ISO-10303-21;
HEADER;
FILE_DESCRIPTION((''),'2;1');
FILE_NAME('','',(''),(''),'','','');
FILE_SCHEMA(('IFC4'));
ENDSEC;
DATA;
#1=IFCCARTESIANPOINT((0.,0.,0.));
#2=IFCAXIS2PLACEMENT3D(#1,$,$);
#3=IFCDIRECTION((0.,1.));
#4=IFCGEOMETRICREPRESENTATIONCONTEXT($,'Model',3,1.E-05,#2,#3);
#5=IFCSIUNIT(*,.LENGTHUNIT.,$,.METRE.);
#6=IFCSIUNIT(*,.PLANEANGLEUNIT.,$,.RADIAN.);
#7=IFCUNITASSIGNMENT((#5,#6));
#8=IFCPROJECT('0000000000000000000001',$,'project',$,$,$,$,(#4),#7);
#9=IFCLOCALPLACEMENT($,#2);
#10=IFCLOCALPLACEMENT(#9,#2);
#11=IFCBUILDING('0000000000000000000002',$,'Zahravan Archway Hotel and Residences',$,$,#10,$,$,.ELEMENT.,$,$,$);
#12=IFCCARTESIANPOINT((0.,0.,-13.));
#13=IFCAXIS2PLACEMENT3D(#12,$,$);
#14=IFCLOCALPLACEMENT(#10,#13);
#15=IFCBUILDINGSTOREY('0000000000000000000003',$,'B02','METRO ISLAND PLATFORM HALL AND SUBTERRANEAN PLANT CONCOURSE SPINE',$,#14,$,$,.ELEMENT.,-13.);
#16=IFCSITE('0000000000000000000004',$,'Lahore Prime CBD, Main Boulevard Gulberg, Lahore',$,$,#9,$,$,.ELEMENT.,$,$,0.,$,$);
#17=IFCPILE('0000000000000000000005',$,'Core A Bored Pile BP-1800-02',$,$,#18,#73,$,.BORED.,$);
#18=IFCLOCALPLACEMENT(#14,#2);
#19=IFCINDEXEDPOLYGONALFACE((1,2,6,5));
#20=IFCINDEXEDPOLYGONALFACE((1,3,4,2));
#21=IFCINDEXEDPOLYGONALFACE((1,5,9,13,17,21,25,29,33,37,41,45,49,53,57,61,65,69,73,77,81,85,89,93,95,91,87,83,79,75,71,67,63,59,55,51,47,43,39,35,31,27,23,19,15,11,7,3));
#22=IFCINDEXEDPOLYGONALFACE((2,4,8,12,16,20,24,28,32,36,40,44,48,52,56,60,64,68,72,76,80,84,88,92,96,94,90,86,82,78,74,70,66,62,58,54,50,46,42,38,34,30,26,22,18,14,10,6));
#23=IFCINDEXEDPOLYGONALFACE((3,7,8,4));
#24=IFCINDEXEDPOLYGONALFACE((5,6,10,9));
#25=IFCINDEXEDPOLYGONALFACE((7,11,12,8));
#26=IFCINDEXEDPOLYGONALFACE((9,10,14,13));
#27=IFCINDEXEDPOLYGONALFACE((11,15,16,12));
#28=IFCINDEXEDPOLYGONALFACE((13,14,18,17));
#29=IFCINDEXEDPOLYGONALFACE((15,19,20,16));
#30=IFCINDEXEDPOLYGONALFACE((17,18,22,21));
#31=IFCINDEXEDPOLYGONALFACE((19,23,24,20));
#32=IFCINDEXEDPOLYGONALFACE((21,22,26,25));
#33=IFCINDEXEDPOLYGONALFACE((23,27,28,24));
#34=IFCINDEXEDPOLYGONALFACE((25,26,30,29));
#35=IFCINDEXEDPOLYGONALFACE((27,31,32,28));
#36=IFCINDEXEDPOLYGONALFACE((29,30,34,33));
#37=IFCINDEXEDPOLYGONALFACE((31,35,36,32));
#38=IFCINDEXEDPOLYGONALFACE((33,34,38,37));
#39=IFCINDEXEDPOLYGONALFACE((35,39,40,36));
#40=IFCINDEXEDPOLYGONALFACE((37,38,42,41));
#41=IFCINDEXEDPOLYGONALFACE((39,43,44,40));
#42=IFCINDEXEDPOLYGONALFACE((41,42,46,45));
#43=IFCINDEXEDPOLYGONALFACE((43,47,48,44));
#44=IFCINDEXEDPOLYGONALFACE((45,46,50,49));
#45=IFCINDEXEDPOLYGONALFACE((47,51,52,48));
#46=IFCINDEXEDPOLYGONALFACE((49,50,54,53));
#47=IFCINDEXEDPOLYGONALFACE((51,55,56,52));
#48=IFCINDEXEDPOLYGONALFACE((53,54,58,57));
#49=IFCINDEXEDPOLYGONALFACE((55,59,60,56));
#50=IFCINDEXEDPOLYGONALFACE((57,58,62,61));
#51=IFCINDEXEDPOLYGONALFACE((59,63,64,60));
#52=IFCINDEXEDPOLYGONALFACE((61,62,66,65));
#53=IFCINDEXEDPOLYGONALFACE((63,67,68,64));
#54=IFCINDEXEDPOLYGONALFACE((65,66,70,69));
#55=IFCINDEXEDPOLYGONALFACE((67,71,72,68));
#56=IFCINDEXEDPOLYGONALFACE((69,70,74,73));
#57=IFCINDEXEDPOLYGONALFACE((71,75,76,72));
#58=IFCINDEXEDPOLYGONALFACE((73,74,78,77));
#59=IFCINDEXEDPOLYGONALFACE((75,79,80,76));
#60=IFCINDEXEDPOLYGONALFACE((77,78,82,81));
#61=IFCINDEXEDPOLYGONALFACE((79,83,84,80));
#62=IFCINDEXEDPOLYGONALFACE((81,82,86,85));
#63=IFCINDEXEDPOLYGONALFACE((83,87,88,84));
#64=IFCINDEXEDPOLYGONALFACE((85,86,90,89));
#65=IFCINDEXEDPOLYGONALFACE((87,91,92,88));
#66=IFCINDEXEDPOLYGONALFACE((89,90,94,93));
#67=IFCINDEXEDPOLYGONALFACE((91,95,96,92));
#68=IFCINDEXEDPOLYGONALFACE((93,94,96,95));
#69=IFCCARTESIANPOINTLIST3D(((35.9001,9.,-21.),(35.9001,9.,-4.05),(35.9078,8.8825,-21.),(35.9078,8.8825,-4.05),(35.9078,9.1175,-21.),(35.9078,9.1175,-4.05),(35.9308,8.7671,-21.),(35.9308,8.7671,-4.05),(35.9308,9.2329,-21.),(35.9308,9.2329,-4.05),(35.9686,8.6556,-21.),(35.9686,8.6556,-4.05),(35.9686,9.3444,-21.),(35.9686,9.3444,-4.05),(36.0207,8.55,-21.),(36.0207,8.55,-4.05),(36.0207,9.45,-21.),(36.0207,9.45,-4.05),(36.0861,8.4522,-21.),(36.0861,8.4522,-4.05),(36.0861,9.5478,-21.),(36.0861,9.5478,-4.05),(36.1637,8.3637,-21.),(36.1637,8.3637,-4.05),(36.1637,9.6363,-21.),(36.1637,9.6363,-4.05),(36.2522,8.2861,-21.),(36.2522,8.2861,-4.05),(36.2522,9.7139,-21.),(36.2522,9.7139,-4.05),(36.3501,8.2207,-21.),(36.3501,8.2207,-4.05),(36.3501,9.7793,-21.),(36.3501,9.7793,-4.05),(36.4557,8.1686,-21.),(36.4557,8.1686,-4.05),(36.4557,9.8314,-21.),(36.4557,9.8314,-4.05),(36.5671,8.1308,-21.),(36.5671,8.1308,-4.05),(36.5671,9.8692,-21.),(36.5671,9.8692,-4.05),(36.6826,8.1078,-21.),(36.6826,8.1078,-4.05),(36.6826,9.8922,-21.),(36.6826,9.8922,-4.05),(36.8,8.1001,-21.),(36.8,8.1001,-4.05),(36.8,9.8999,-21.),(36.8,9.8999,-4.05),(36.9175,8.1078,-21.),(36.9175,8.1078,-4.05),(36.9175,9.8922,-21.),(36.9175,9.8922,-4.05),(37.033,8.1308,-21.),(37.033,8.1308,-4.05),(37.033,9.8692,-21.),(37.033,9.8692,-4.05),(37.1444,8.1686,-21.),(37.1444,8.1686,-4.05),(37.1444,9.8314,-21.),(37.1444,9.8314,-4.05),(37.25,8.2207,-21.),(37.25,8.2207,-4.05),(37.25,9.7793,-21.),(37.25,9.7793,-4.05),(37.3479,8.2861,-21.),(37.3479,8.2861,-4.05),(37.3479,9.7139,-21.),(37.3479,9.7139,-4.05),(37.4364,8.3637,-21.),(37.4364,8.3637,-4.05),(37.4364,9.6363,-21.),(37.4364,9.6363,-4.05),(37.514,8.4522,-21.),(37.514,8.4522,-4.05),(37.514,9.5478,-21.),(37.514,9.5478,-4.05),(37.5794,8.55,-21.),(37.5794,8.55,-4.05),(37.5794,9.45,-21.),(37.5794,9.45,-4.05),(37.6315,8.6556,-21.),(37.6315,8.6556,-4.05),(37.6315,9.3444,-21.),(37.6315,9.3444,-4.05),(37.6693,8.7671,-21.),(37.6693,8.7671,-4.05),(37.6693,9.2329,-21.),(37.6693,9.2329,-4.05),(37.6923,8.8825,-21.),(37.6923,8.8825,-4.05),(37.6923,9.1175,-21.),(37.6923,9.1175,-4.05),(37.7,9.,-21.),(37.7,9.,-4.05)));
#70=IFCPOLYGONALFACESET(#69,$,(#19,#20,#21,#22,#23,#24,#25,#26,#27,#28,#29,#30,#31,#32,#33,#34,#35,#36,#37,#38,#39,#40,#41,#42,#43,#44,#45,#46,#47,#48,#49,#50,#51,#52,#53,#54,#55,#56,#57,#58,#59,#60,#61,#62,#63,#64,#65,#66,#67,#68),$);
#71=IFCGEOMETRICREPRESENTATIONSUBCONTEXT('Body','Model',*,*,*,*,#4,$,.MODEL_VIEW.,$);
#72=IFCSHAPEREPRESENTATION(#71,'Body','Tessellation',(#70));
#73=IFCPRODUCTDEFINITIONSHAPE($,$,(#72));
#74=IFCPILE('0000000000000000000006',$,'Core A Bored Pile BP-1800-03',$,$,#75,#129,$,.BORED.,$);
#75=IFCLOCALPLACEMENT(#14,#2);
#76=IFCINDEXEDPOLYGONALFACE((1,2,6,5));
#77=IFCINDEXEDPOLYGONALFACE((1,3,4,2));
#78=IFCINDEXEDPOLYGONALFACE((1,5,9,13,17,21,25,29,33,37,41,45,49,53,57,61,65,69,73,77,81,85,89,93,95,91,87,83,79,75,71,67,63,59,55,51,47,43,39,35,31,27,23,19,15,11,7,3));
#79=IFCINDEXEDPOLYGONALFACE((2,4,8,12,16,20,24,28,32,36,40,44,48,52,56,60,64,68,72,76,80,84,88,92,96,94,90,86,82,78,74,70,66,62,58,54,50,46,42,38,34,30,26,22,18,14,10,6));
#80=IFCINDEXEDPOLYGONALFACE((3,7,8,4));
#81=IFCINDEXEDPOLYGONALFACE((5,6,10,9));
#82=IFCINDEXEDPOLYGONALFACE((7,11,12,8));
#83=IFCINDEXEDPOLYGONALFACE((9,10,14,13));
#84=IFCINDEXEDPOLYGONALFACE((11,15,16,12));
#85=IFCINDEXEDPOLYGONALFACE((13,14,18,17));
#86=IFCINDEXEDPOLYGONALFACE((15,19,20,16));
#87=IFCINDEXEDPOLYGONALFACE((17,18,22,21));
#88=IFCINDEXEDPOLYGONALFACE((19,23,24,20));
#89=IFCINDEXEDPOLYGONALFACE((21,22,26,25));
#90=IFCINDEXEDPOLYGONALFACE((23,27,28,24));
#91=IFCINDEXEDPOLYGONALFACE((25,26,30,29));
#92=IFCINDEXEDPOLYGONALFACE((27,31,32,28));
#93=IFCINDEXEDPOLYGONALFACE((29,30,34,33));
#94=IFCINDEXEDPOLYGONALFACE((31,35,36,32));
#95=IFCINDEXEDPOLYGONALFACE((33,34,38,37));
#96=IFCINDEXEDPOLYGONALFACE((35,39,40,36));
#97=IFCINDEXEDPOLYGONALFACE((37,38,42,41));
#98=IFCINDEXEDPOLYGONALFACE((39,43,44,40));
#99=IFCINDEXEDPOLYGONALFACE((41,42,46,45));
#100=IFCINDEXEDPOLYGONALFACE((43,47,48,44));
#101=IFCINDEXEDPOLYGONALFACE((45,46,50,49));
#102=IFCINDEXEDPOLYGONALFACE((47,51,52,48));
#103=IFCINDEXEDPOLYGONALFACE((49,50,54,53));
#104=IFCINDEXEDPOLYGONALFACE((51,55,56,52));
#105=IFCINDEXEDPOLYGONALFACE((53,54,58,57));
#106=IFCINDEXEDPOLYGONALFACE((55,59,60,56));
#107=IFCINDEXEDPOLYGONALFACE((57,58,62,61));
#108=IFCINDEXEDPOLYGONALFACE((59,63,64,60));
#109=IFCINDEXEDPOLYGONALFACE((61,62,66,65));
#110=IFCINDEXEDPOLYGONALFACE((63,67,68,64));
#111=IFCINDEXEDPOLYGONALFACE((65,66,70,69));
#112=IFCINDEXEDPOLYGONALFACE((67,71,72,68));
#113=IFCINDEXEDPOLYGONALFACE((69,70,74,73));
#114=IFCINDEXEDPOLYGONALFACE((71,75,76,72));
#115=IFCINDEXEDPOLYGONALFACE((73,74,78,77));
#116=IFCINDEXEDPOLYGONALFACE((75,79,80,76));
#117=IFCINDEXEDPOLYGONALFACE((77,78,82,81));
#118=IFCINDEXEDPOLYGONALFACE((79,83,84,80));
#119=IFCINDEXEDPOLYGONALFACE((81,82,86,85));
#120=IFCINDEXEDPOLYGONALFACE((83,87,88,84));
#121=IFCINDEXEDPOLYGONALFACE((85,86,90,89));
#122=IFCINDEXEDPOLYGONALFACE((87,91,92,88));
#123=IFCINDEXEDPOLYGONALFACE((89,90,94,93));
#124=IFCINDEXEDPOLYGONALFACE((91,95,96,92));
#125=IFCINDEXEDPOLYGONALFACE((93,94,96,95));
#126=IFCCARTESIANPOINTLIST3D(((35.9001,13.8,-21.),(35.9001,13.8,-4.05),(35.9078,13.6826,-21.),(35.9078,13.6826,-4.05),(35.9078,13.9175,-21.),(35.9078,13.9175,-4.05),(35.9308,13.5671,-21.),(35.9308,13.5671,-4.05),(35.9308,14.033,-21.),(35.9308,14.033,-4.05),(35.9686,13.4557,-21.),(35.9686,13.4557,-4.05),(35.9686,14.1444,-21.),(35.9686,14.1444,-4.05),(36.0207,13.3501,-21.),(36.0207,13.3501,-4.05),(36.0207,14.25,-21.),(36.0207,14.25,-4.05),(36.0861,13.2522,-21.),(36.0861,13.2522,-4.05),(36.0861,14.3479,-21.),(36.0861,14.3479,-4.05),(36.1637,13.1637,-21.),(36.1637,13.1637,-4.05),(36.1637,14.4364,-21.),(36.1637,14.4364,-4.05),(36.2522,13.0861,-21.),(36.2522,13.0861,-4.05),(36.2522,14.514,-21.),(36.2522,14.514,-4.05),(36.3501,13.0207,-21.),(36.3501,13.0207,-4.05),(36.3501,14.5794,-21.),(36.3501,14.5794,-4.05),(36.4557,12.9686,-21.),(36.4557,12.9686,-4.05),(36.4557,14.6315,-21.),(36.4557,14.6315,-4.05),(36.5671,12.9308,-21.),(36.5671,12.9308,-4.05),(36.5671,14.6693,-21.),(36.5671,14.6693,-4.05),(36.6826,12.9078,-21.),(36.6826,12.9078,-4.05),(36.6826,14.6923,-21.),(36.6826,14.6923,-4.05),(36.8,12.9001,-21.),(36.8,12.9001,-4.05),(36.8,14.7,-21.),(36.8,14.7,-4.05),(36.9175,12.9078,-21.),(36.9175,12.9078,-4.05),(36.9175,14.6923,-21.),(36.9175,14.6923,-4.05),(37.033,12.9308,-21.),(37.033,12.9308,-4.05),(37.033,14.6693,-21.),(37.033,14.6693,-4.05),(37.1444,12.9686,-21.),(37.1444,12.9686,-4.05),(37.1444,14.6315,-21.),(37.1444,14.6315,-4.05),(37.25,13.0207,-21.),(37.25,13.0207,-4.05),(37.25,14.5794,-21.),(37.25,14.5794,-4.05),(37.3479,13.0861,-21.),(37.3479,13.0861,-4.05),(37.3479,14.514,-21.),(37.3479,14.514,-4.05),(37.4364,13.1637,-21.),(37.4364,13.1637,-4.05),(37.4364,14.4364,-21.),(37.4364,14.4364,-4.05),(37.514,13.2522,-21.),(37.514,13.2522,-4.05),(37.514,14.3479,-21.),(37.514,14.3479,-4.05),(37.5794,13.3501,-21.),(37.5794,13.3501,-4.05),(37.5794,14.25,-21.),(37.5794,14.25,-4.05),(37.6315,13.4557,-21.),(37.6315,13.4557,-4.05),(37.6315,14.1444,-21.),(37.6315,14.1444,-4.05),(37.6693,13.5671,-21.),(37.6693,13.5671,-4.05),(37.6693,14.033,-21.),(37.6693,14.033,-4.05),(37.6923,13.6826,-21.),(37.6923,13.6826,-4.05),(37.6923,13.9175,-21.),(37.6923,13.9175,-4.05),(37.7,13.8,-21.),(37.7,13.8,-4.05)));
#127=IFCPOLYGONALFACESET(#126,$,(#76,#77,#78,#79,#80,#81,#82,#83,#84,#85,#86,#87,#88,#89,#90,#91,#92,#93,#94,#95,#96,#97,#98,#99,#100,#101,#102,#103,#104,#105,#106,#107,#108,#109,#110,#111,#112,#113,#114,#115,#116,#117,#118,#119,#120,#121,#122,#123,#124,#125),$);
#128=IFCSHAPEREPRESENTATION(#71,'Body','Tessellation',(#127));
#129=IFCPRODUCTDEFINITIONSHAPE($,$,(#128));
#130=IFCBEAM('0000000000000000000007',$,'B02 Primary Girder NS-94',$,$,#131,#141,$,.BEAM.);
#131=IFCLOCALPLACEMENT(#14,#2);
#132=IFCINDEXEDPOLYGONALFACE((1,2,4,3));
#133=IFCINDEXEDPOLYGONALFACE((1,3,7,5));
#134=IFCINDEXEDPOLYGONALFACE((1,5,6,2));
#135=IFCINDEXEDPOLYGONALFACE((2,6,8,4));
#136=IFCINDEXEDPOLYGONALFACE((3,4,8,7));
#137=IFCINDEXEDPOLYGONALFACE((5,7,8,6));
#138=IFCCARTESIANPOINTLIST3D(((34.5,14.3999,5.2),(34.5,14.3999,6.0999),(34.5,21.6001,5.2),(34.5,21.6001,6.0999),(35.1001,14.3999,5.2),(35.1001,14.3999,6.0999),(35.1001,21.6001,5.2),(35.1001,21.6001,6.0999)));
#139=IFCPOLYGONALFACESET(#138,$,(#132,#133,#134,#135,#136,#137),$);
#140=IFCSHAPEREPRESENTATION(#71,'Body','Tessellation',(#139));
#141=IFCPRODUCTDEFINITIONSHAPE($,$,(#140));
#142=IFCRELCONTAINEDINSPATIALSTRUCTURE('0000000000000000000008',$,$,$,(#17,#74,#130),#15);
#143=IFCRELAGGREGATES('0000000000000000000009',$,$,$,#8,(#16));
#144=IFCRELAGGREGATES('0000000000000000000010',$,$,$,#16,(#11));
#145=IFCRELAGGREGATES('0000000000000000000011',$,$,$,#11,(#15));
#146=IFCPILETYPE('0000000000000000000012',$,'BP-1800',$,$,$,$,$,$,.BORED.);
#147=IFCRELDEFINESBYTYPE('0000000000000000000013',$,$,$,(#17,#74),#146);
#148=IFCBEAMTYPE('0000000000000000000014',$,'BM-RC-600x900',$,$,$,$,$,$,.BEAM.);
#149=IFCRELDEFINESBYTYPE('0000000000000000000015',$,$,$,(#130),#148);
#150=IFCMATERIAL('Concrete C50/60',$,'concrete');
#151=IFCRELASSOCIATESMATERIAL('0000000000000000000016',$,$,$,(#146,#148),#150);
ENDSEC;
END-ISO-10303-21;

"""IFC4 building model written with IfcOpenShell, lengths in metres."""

from ifc_helpers import new_model, si_unit, direction, frame, origin, origin_2d, place, context, subcontext, project, spatial, rectangle, circle, extrude, source, transform, mapped, material, material_profile, profile_set, type_object, type_shapes, element, save


model = new_model("IFC4")

# Units and contexts
model_context = context("Model", 3, precision=1e-05, world=origin(), true_north=direction((0.0, 1.0)))
body_context = subcontext(model_context, "Body", "Model", "MODEL_VIEW")
ifc_project = project(units=[si_unit("LENGTHUNIT", "METRE"), si_unit("PLANEANGLEUNIT", "RADIAN")], contexts=[model_context])

# Site, building, storey
site_placement = place(None, origin())
site = spatial("IfcSite", under=ifc_project, at=site_placement, Name="Lahore Prime CBD, Main Boulevard Gulberg, Lahore", CompositionType="ELEMENT", RefElevation=0.0)
building_placement = place(site_placement, origin())
building = spatial("IfcBuilding", under=site, at=building_placement, Name="Zahravan Archway Hotel and Residences", CompositionType="ELEMENT")
storey_placement = place(building_placement, frame((0.0, 0.0, -13.0)))
storey = spatial("IfcBuildingStorey", under=building, at=storey_placement, Name="B02", Description="METRO ISLAND PLATFORM HALL AND SUBTERRANEAN PLANT CONCOURSE SPINE", CompositionType="ELEMENT", Elevation=-13.0)

# Piles
ifc_material_1 = material(Name="Concrete C50/60", Category="concrete")
ifc_material_profile_1 = material_profile(ifc_material_1, circle(Radius=0.8999, at=origin_2d()), Name="PILE D1800", Category="concrete")
ifc_profile_set_1 = profile_set([ifc_material_profile_1], Name="Concrete C50/60")
pile_type = type_object("IfcPileType", Name="BP-1800", PredefinedType="BORED", material=ifc_profile_set_1)
shared_shape_1 = source(origin(), body_context, "Body", "SweptSolid", [
    extrude(circle(Radius=0.8999, at=origin_2d()), origin(), (0.0, 0.0, 1.0), 16.95),
])
type_shapes(pile_type, [shared_shape_1])
for number, where, z_axis, x_axis, name in (
    (1, (36.8, 9.0, -4.05), (0.0, 0.0, -1.0), (1.0, 0.0, 0.0), "Core A Bored Pile BP-1800-02"),
    (2, (36.8, 13.8, -4.05), (0.0, 0.0, -1.0), (1.0, 0.0, 0.0), "Core A Bored Pile BP-1800-03"),
):
    element("IfcPile", number, at=place(storey_placement, frame(where, z_axis=z_axis, x_axis=x_axis)), inside=storey, type_object=pile_type, Name=name, PredefinedType="BORED", context=body_context, shape_type="MappedRepresentation", body=[
        mapped(shared_shape_1, transform((0.0, 0.0, 0.0), scale=1.0)),
    ])

# Beam
ifc_material_profile_2 = material_profile(ifc_material_1, rectangle(XDim=0.6001, YDim=0.8999, at=origin_2d()), Name="RC-BM-600x900", Category="concrete")
ifc_profile_set_2 = profile_set([ifc_material_profile_2], Name="Concrete C50/60")
beam_type = type_object("IfcBeamType", Name="BM-RC-600x900", PredefinedType="BEAM", material=ifc_profile_set_2)
shared_shape_2 = source(origin(), body_context, "Body", "SweptSolid", [
    extrude(rectangle(XDim=0.6001, YDim=0.8999, at=origin_2d()), origin(), (0.0, 0.0, 1.0), 7.2002),
])
beam_placement = place(storey_placement, frame((34.8, 14.3999, 5.6499), z_axis=(0.0, 1.0, 0.0), x_axis=(-1.0, 0.0, 0.0)))
element("IfcBeam", 3, at=beam_placement, inside=storey, type_object=beam_type, Name="B02 Primary Girder NS-94", PredefinedType="BEAM", context=body_context, shape_type="MappedRepresentation", body=[
    mapped(shared_shape_2, transform((0.0, 0.0, 0.0), scale=1.0)),
])

save(model, "model.ifc")
